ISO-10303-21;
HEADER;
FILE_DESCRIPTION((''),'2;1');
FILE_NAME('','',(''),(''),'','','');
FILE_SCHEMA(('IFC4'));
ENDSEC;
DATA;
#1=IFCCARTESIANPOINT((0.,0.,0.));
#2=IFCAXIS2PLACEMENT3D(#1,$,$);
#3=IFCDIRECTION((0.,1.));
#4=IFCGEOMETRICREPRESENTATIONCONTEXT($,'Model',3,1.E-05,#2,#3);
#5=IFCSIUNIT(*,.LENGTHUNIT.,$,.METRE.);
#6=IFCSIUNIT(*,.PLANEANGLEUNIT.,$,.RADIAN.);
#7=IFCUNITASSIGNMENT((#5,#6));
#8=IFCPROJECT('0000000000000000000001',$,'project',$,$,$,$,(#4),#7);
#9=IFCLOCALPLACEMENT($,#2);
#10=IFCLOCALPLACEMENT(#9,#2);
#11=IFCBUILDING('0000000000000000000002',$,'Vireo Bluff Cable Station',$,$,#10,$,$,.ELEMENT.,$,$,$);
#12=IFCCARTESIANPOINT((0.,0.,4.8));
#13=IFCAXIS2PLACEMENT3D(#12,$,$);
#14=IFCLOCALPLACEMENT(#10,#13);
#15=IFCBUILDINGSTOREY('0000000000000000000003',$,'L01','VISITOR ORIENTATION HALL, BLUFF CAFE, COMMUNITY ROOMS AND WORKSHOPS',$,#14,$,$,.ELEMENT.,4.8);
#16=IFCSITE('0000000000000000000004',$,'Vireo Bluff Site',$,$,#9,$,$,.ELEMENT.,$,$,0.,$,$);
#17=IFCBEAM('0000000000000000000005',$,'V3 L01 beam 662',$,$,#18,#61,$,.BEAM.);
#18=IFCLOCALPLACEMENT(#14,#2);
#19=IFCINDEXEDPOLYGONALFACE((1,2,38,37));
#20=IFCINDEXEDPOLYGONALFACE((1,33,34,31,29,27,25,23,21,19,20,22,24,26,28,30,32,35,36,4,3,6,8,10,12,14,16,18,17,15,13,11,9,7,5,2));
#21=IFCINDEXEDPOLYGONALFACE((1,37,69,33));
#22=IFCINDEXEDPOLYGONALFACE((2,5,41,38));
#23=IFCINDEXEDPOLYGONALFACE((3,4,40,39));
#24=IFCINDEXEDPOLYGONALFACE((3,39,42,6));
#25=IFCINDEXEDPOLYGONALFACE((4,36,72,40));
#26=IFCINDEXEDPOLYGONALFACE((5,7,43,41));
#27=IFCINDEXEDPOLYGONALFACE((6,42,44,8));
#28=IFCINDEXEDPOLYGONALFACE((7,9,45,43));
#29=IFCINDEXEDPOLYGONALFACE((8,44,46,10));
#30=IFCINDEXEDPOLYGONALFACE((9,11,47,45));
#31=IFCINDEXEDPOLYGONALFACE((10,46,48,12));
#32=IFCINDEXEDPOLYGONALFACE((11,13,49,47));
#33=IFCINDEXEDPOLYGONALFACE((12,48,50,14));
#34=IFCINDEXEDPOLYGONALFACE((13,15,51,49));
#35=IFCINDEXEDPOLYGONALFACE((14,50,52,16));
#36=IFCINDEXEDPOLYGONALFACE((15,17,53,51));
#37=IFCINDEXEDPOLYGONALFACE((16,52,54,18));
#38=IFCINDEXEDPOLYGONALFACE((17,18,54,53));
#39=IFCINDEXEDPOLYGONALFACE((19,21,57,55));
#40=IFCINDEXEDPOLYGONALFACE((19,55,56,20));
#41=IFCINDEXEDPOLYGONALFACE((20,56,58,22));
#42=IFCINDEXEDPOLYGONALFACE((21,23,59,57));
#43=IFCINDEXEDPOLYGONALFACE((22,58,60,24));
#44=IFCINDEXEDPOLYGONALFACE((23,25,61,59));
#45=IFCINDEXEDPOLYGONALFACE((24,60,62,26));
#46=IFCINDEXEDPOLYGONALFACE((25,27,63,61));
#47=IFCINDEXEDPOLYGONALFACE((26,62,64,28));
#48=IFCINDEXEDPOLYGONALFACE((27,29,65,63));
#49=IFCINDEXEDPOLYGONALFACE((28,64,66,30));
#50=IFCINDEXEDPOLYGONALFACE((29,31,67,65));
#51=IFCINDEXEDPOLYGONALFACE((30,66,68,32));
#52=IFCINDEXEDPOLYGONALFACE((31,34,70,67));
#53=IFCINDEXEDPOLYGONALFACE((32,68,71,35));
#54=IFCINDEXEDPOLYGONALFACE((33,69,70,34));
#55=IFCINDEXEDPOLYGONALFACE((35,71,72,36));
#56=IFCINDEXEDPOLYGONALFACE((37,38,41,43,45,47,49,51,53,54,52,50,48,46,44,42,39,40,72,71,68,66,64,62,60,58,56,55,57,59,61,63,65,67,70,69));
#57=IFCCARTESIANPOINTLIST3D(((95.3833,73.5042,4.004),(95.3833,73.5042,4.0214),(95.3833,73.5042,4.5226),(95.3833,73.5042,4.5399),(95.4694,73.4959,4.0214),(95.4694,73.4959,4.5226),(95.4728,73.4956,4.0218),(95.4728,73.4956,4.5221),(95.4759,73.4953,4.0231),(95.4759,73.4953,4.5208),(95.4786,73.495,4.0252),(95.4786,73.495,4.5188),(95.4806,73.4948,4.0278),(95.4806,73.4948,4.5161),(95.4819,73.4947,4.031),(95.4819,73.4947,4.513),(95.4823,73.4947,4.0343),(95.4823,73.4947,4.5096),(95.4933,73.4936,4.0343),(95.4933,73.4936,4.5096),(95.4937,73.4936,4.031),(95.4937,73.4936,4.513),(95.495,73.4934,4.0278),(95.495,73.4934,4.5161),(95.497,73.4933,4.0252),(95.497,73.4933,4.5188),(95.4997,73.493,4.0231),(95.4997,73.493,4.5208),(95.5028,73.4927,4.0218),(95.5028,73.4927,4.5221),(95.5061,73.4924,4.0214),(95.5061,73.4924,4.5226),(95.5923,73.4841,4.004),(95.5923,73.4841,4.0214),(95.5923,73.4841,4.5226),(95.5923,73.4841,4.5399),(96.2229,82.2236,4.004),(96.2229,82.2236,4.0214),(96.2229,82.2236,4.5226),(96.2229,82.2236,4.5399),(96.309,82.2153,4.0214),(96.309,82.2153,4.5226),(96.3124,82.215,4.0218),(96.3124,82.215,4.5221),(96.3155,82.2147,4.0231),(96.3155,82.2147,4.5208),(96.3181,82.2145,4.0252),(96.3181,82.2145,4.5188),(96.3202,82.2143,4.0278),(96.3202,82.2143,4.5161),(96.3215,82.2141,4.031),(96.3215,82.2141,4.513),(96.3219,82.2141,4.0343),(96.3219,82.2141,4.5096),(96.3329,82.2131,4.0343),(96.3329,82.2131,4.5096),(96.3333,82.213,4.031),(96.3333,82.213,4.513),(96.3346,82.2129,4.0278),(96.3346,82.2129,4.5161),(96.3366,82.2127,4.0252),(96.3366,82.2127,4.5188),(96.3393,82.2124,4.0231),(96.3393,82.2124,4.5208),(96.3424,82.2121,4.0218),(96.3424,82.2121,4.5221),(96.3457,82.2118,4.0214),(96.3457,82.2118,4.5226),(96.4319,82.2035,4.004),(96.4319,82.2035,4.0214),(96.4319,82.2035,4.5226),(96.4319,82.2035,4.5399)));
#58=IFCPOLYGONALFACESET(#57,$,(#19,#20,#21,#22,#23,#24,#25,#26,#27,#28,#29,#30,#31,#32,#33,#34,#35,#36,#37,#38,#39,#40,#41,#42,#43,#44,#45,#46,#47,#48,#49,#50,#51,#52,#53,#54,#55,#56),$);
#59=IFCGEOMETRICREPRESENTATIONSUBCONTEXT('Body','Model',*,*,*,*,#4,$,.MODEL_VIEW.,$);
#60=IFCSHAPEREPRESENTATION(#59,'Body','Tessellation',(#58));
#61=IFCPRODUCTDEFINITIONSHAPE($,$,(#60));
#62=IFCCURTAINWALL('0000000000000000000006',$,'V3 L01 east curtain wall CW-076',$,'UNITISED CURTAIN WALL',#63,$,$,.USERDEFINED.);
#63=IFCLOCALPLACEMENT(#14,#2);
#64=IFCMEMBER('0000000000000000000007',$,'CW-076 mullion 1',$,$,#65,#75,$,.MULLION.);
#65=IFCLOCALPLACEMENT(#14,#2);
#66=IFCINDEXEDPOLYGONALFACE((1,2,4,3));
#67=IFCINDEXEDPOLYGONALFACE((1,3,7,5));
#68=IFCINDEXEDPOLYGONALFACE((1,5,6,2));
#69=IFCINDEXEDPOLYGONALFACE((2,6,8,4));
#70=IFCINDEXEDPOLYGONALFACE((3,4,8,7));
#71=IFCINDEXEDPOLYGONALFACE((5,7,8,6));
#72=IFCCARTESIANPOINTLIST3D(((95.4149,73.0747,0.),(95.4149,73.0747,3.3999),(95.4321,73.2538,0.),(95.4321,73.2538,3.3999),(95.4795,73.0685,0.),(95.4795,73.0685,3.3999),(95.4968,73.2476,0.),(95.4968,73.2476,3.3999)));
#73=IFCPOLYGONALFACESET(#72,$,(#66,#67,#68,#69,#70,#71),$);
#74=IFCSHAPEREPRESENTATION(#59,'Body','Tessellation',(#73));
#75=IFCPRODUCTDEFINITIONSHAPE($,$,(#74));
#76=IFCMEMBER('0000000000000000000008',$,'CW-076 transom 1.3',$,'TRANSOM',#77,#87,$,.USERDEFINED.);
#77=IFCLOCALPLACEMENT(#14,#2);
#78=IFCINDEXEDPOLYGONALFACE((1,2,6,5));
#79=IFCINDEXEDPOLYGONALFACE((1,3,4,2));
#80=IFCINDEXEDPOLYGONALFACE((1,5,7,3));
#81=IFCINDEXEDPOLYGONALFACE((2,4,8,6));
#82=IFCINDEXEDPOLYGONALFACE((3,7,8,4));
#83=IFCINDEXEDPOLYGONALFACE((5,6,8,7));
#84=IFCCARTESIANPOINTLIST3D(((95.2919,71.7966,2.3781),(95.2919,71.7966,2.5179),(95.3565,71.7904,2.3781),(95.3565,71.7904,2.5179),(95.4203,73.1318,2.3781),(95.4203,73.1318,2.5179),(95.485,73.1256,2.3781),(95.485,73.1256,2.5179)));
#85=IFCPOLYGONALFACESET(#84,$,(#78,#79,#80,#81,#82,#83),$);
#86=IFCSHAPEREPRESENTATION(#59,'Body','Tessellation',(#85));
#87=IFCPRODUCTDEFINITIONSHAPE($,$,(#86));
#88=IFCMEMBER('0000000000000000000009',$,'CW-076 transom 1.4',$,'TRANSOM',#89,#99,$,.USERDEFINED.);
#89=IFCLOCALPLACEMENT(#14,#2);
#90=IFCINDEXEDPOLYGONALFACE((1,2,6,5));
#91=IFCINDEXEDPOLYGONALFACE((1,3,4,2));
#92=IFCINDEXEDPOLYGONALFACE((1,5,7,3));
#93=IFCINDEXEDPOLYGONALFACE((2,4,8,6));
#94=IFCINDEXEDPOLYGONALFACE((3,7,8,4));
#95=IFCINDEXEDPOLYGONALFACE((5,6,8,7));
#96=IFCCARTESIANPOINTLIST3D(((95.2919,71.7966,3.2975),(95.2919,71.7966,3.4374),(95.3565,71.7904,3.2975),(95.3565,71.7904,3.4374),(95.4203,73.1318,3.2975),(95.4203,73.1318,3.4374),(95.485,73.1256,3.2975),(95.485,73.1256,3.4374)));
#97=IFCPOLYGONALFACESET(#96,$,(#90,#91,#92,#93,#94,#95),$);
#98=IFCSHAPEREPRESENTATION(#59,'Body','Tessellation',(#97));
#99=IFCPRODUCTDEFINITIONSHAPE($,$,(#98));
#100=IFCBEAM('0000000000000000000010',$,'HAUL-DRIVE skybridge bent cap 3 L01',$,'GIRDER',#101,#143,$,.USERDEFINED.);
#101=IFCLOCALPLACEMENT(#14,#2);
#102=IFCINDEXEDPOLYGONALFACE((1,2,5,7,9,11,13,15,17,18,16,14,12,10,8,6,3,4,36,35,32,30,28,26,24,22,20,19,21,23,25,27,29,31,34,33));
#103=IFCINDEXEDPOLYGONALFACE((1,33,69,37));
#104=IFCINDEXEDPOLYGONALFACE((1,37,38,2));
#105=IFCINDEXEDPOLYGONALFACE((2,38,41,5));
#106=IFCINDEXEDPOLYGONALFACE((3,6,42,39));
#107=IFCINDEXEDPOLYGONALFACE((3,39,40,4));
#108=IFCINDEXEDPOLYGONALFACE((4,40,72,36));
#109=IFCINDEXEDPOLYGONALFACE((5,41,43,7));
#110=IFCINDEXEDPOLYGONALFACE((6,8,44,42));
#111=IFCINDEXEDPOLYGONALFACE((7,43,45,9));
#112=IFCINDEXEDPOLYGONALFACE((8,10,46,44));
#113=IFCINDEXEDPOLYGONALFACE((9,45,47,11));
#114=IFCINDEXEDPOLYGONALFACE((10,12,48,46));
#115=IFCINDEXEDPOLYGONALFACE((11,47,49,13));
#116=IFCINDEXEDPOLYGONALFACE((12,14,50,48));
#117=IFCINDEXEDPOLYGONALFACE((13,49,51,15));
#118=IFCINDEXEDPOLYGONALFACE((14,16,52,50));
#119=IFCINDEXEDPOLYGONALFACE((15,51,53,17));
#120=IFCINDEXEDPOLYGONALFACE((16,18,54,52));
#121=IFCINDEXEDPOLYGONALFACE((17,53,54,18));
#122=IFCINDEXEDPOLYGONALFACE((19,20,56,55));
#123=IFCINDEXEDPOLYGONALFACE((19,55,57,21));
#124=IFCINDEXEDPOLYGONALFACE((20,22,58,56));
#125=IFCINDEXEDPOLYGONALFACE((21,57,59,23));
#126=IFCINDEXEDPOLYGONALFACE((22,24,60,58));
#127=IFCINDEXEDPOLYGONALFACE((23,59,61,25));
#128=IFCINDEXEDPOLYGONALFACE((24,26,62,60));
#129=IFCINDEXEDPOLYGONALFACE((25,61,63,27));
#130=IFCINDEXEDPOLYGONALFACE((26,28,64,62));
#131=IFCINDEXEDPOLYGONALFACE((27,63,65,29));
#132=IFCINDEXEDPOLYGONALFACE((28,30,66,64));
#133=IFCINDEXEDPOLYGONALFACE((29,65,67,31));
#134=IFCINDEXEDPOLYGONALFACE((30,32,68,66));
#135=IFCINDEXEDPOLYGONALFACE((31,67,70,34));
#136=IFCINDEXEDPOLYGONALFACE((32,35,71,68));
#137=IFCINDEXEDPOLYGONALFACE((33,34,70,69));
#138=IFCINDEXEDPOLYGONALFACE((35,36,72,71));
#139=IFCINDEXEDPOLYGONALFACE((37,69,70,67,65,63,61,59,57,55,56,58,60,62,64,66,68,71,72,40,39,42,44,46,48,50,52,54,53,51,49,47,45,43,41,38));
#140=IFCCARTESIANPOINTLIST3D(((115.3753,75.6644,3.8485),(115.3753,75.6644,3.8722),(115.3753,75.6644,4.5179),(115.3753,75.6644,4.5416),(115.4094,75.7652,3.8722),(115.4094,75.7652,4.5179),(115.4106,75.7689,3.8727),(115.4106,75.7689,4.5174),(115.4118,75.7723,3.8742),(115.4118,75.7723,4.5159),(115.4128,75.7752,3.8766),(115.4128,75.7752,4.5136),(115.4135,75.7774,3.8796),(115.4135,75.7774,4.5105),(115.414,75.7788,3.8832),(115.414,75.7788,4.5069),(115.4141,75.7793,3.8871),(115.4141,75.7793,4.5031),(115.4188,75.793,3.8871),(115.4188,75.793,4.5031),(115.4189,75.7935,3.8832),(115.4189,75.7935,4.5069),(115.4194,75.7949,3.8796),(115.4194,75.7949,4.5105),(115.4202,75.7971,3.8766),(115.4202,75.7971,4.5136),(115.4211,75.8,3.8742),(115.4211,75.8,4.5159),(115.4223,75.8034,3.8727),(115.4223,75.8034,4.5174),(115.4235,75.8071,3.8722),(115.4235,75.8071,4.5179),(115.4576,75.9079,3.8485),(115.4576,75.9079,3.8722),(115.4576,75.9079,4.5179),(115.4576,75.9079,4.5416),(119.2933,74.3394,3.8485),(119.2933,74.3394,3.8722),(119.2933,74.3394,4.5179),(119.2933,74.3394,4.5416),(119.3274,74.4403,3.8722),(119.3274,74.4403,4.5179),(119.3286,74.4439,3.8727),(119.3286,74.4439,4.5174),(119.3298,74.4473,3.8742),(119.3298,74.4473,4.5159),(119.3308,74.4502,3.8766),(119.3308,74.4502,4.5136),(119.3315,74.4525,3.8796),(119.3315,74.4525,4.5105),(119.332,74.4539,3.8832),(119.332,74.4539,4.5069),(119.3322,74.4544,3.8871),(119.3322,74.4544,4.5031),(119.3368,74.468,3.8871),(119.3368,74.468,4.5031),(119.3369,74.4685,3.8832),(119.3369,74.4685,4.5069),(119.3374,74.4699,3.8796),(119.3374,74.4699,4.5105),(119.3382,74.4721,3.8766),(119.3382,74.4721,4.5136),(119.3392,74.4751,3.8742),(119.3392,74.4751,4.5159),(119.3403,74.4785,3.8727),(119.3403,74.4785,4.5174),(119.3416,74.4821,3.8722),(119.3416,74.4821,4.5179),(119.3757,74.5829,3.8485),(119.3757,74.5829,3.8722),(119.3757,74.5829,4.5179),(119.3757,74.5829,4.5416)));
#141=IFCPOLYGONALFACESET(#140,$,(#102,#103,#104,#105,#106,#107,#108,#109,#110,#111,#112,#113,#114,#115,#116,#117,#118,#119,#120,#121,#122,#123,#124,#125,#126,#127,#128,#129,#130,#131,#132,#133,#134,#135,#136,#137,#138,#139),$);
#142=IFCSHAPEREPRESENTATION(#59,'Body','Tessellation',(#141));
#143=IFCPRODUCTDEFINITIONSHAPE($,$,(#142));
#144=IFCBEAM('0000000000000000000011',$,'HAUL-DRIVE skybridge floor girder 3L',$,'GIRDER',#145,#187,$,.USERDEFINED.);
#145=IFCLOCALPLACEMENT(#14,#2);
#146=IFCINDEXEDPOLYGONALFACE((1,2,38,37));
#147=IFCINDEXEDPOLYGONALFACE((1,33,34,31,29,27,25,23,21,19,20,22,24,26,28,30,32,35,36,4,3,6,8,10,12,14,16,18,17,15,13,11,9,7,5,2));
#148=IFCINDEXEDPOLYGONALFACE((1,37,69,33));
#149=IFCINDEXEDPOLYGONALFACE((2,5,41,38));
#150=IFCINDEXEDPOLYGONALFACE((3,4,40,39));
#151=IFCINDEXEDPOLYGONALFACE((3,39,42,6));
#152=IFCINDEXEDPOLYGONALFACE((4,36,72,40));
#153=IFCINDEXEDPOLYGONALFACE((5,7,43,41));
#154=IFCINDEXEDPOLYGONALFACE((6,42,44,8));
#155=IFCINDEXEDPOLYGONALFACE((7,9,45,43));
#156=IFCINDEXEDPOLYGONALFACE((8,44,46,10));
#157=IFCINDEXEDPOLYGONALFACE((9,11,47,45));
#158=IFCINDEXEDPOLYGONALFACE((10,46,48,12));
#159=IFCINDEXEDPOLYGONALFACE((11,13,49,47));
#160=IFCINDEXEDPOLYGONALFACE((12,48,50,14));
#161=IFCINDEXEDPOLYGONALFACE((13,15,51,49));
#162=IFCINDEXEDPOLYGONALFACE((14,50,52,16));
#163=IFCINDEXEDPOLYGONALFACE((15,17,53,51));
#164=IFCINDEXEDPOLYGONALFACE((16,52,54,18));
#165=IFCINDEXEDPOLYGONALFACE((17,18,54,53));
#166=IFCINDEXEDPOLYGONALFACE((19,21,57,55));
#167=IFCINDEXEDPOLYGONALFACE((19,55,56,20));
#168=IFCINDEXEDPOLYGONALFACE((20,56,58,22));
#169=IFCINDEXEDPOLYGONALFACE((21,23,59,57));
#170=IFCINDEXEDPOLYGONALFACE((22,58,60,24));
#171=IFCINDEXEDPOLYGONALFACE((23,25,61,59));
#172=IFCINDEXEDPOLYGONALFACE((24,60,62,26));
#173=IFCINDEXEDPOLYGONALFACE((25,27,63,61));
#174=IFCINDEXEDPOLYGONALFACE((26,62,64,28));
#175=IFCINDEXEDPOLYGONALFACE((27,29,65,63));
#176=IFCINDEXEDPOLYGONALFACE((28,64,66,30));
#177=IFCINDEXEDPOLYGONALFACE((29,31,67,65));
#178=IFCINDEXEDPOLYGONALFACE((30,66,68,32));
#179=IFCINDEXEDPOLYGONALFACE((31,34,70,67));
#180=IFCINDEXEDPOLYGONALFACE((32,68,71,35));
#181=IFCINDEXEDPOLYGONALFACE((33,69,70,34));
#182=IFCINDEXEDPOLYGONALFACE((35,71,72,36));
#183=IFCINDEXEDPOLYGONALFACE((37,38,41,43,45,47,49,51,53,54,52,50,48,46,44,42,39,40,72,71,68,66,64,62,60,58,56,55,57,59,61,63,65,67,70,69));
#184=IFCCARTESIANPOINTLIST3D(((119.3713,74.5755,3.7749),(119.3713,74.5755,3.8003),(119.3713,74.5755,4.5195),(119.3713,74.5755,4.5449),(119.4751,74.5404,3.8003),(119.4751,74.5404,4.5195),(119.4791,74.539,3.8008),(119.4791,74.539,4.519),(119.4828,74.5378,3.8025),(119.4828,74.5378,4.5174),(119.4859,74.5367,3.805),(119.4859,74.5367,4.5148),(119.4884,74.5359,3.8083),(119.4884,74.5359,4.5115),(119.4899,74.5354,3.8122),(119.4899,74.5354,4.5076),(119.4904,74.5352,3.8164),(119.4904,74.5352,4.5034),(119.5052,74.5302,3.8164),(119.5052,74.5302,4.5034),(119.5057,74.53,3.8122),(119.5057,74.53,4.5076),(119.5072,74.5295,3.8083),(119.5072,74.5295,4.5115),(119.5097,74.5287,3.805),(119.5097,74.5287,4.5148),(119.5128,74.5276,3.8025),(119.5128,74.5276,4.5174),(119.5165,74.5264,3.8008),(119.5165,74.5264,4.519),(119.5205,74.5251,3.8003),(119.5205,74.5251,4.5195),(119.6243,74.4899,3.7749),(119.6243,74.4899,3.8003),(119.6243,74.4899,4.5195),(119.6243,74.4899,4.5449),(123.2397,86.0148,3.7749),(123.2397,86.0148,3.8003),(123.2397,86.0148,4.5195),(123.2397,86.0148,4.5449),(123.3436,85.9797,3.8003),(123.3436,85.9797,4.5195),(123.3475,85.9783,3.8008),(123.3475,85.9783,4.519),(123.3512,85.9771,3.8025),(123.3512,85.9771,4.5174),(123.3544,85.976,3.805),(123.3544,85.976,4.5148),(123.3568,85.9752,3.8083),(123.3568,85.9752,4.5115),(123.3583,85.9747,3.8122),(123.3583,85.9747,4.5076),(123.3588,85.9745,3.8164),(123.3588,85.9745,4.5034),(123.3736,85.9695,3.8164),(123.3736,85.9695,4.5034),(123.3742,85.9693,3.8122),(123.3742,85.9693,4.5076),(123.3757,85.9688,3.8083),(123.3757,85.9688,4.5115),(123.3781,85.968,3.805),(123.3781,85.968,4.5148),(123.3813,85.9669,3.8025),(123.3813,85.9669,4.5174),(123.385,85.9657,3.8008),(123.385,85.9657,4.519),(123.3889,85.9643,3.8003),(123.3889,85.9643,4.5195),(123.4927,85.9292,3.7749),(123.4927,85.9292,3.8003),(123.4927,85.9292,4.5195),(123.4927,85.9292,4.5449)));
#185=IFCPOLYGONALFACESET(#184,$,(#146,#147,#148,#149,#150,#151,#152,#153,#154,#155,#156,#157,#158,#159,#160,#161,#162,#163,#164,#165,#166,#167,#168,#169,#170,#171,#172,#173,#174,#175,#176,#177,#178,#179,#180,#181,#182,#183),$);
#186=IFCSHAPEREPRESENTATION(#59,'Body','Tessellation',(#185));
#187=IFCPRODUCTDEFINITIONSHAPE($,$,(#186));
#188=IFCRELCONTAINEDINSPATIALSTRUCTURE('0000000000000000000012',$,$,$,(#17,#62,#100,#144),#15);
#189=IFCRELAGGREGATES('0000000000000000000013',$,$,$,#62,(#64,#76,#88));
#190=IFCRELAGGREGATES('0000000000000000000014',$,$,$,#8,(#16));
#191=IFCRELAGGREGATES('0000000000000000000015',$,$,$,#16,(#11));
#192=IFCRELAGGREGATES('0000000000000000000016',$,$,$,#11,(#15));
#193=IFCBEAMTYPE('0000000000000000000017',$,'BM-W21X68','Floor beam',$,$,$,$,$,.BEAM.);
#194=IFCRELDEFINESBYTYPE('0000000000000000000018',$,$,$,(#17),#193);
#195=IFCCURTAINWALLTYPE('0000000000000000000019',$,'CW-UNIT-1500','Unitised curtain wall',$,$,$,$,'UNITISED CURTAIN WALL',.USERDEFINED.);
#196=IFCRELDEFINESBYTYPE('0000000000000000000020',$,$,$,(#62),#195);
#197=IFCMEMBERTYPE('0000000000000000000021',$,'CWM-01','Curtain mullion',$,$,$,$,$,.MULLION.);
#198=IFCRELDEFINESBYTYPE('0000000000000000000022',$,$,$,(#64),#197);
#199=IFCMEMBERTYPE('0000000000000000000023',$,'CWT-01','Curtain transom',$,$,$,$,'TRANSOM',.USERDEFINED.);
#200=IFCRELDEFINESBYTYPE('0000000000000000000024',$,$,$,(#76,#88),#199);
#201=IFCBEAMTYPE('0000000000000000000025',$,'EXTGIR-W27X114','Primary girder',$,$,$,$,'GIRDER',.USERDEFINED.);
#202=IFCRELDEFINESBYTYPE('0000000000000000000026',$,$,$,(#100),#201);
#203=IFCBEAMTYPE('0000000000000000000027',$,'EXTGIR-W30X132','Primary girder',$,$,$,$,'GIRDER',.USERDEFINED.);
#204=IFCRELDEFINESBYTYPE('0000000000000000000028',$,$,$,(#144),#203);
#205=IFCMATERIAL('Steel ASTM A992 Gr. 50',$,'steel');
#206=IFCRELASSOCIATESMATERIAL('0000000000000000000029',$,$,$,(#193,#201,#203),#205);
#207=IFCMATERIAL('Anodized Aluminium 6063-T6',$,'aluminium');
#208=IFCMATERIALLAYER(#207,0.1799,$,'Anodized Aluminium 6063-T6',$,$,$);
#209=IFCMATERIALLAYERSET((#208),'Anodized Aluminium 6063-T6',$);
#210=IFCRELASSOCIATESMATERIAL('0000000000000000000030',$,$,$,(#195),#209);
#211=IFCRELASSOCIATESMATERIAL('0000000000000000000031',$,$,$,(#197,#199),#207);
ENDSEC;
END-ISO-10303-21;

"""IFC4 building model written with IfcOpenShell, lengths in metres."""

from ifc_helpers import new_model, si_unit, direction, frame, origin, origin_2d, place, context, subcontext, project, spatial, rectangle, i_section, extrude, material, layer, layer_set, material_profile, profile_set, type_object, element, aggregate, save


model = new_model("IFC4")

# Units and contexts
model_context = context("Model", 3, precision=1e-05, world=origin(), true_north=direction((0.0, 1.0)))
body_context = subcontext(model_context, "Body", "Model", "MODEL_VIEW")
ifc_project = project(units=[si_unit("LENGTHUNIT", "METRE"), si_unit("PLANEANGLEUNIT", "RADIAN")], contexts=[model_context])

# Site, building, storey
site_placement = place(None, origin())
site = spatial("IfcSite", under=ifc_project, at=site_placement, Name="Vireo Bluff Site", CompositionType="ELEMENT", RefElevation=0.0)
building_placement = place(site_placement, origin())
building = spatial("IfcBuilding", under=site, at=building_placement, Name="Vireo Bluff Cable Station", CompositionType="ELEMENT")
storey_placement = place(building_placement, frame((0.0, 0.0, 4.8)))
storey = spatial("IfcBuildingStorey", under=building, at=storey_placement, Name="L01", Description="VISITOR ORIENTATION HALL, BLUFF CAFE, COMMUNITY ROOMS AND WORKSHOPS", CompositionType="ELEMENT", Elevation=4.8)

# Shared definitions
ifc_material_1 = material(Name="Steel ASTM A992 Gr. 50", Category="steel")

# Beam
ifc_material_profile_1 = material_profile(ifc_material_1, i_section(OverallWidth=0.21, OverallDepth=0.5359, WebThickness=0.011, FlangeThickness=0.0173, FilletRadius=0.0129, at=origin_2d()), Name="W21X68")
ifc_profile_set_1 = profile_set([ifc_material_profile_1], Name="Steel ASTM A992 Gr. 50")
beam_type_1 = type_object("IfcBeamType", Name="BM-W21X68", Description="Floor beam", PredefinedType="BEAM", material=ifc_profile_set_1)
beam_1_placement = place(storey_placement, frame((95.4878, 73.4941, 4.272), z_axis=(0.095847, 0.995396, 0.0), x_axis=(-0.995396, 0.095847, 0.0)))
element("IfcBeam", 1, at=beam_1_placement, inside=storey, type_object=beam_type_1, Name="V3 L01 beam 662", PredefinedType="BEAM", context=body_context, shape_type="SweptSolid", body=[
    extrude(i_section(OverallWidth=0.21, OverallDepth=0.5359, WebThickness=0.011, FlangeThickness=0.0173, FilletRadius=0.0129, at=origin_2d()), origin(), (0.0, 0.0, 1.0), 8.7598),
])

# Curtain wall, members
ifc_material_2 = material(Name="Anodized Aluminium 6063-T6", Category="aluminium")
ifc_layer_1 = layer(ifc_material_2, 0.1799, Name="Anodized Aluminium 6063-T6")
ifc_layer_set_1 = layer_set([ifc_layer_1], Name="Anodized Aluminium 6063-T6")
curtain_wall_type = type_object("IfcCurtainWallType", Name="CW-UNIT-1500", Description="Unitised curtain wall", ElementType="UNITISED CURTAIN WALL", PredefinedType="USERDEFINED", material=ifc_layer_set_1)
curtain_wall_placement = place(storey_placement, origin())
curtain_wall = element("IfcCurtainWall", 2, at=curtain_wall_placement, inside=storey, type_object=curtain_wall_type, Name="V3 L01 east curtain wall CW-076", ObjectType="UNITISED CURTAIN WALL", PredefinedType="USERDEFINED")
ifc_material_profile_2 = material_profile(ifc_material_2, rectangle(XDim=0.0649, YDim=0.1799, at=origin_2d()), Name="ALU-M-65X180")
ifc_profile_set_2 = profile_set([ifc_material_profile_2], Name="Anodized Aluminium 6063-T6")
member_type_1 = type_object("IfcMemberType", Name="CWM-01", Description="Curtain mullion", PredefinedType="MULLION", material=ifc_profile_set_2)
member_1_placement = place(storey_placement, frame((95.4558, 73.1611, 0.0), z_axis=(0.0, 0.0, 1.0), x_axis=(0.995396, -0.095846, 0.0)))
member_1 = element("IfcMember", 3, at=member_1_placement, type_object=member_type_1, Name="CW-076 mullion 1", PredefinedType="MULLION", context=body_context, shape_type="SweptSolid", body=[
    extrude(rectangle(XDim=0.0649, YDim=0.1799, at=origin_2d()), origin(), (0.0, 0.0, 1.0), 3.3999),
])
ifc_material_profile_3 = material_profile(ifc_material_2, rectangle(XDim=0.0649, YDim=0.1399, at=origin_2d()), Name="ALU-T-65X140")
ifc_profile_set_3 = profile_set([ifc_material_profile_3], Name="Anodized Aluminium 6063-T6")
member_type_2 = type_object("IfcMemberType", Name="CWT-01", Description="Curtain transom", ElementType="TRANSOM", PredefinedType="USERDEFINED", material=ifc_profile_set_3)
member_2_placement = place(storey_placement, frame((95.4526, 73.1287, 2.448), z_axis=(-0.095737, -0.995407, 0.0), x_axis=(0.995407, -0.095737, 0.0)))
member_2 = element("IfcMember", 4, at=member_2_placement, type_object=member_type_2, Name="CW-076 transom 1.3", ObjectType="TRANSOM", PredefinedType="USERDEFINED", context=body_context, shape_type="SweptSolid", body=[
    extrude(rectangle(XDim=0.0649, YDim=0.1399, at=origin_2d()), origin(), (0.0, 0.0, 1.0), 1.3413),
])
member_3_placement = place(storey_placement, frame((95.4526, 73.1287, 3.3674), z_axis=(-0.095737, -0.995407, 0.0), x_axis=(0.995407, -0.095737, 0.0)))
member_3 = element("IfcMember", 5, at=member_3_placement, type_object=member_type_2, Name="CW-076 transom 1.4", ObjectType="TRANSOM", PredefinedType="USERDEFINED", context=body_context, shape_type="SweptSolid", body=[
    extrude(rectangle(XDim=0.0649, YDim=0.1399, at=origin_2d()), origin(), (0.0, 0.0, 1.0), 1.3413),
])
aggregate(curtain_wall, [member_1, member_2, member_3])

# Beams
ifc_material_profile_4 = material_profile(ifc_material_1, i_section(OverallWidth=0.2571, OverallDepth=0.6931, WebThickness=0.0144, FlangeThickness=0.0237, FilletRadius=0.0149, at=origin_2d()), Name="W27X114")
ifc_profile_set_4 = profile_set([ifc_material_profile_4], Name="Steel ASTM A992 Gr. 50")
beam_type_2 = type_object("IfcBeamType", Name="EXTGIR-W27X114", Description="Primary girder", ElementType="GIRDER", PredefinedType="USERDEFINED", material=ifc_profile_set_4)
beam_2_placement = place(storey_placement, frame((119.3345, 74.4612, 4.1951), z_axis=(-0.947299, 0.320351, 0.0), x_axis=(-0.320351, -0.947299, 0.0)))
element("IfcBeam", 6, at=beam_2_placement, inside=storey, type_object=beam_type_2, Name="HAUL-DRIVE skybridge bent cap 3 L01", ObjectType="GIRDER", PredefinedType="USERDEFINED", context=body_context, shape_type="SweptSolid", body=[
    extrude(i_section(OverallWidth=0.2571, OverallDepth=0.6931, WebThickness=0.0144, FlangeThickness=0.0237, FilletRadius=0.0149, at=origin_2d()), origin(), (0.0, 0.0, 1.0), 4.136),
])
ifc_material_profile_5 = material_profile(ifc_material_1, i_section(OverallWidth=0.2671, OverallDepth=0.77, WebThickness=0.0156, FlangeThickness=0.0254, FilletRadius=0.0161, at=origin_2d()), Name="W30X132")
ifc_profile_set_5 = profile_set([ifc_material_profile_5], Name="Steel ASTM A992 Gr. 50")
beam_type_3 = type_object("IfcBeamType", Name="EXTGIR-W30X132", Description="Primary girder", ElementType="GIRDER", PredefinedType="USERDEFINED", material=ifc_profile_set_5)
beam_3_placement = place(storey_placement, frame((119.4978, 74.5327, 4.1599), z_axis=(0.320349, 0.9473, 0.0), x_axis=(-0.9473, 0.320349, 0.0)))
element("IfcBeam", 7, at=beam_3_placement, inside=storey, type_object=beam_type_3, Name="HAUL-DRIVE skybridge floor girder 3L", ObjectType="GIRDER", PredefinedType="USERDEFINED", context=body_context, shape_type="SweptSolid", body=[
    extrude(i_section(OverallWidth=0.2671, OverallDepth=0.77, WebThickness=0.0156, FlangeThickness=0.0254, FilletRadius=0.0161, at=origin_2d()), origin(), (0.0, 0.0, 1.0), 12.0757),
])

save(model, "model.ifc")
